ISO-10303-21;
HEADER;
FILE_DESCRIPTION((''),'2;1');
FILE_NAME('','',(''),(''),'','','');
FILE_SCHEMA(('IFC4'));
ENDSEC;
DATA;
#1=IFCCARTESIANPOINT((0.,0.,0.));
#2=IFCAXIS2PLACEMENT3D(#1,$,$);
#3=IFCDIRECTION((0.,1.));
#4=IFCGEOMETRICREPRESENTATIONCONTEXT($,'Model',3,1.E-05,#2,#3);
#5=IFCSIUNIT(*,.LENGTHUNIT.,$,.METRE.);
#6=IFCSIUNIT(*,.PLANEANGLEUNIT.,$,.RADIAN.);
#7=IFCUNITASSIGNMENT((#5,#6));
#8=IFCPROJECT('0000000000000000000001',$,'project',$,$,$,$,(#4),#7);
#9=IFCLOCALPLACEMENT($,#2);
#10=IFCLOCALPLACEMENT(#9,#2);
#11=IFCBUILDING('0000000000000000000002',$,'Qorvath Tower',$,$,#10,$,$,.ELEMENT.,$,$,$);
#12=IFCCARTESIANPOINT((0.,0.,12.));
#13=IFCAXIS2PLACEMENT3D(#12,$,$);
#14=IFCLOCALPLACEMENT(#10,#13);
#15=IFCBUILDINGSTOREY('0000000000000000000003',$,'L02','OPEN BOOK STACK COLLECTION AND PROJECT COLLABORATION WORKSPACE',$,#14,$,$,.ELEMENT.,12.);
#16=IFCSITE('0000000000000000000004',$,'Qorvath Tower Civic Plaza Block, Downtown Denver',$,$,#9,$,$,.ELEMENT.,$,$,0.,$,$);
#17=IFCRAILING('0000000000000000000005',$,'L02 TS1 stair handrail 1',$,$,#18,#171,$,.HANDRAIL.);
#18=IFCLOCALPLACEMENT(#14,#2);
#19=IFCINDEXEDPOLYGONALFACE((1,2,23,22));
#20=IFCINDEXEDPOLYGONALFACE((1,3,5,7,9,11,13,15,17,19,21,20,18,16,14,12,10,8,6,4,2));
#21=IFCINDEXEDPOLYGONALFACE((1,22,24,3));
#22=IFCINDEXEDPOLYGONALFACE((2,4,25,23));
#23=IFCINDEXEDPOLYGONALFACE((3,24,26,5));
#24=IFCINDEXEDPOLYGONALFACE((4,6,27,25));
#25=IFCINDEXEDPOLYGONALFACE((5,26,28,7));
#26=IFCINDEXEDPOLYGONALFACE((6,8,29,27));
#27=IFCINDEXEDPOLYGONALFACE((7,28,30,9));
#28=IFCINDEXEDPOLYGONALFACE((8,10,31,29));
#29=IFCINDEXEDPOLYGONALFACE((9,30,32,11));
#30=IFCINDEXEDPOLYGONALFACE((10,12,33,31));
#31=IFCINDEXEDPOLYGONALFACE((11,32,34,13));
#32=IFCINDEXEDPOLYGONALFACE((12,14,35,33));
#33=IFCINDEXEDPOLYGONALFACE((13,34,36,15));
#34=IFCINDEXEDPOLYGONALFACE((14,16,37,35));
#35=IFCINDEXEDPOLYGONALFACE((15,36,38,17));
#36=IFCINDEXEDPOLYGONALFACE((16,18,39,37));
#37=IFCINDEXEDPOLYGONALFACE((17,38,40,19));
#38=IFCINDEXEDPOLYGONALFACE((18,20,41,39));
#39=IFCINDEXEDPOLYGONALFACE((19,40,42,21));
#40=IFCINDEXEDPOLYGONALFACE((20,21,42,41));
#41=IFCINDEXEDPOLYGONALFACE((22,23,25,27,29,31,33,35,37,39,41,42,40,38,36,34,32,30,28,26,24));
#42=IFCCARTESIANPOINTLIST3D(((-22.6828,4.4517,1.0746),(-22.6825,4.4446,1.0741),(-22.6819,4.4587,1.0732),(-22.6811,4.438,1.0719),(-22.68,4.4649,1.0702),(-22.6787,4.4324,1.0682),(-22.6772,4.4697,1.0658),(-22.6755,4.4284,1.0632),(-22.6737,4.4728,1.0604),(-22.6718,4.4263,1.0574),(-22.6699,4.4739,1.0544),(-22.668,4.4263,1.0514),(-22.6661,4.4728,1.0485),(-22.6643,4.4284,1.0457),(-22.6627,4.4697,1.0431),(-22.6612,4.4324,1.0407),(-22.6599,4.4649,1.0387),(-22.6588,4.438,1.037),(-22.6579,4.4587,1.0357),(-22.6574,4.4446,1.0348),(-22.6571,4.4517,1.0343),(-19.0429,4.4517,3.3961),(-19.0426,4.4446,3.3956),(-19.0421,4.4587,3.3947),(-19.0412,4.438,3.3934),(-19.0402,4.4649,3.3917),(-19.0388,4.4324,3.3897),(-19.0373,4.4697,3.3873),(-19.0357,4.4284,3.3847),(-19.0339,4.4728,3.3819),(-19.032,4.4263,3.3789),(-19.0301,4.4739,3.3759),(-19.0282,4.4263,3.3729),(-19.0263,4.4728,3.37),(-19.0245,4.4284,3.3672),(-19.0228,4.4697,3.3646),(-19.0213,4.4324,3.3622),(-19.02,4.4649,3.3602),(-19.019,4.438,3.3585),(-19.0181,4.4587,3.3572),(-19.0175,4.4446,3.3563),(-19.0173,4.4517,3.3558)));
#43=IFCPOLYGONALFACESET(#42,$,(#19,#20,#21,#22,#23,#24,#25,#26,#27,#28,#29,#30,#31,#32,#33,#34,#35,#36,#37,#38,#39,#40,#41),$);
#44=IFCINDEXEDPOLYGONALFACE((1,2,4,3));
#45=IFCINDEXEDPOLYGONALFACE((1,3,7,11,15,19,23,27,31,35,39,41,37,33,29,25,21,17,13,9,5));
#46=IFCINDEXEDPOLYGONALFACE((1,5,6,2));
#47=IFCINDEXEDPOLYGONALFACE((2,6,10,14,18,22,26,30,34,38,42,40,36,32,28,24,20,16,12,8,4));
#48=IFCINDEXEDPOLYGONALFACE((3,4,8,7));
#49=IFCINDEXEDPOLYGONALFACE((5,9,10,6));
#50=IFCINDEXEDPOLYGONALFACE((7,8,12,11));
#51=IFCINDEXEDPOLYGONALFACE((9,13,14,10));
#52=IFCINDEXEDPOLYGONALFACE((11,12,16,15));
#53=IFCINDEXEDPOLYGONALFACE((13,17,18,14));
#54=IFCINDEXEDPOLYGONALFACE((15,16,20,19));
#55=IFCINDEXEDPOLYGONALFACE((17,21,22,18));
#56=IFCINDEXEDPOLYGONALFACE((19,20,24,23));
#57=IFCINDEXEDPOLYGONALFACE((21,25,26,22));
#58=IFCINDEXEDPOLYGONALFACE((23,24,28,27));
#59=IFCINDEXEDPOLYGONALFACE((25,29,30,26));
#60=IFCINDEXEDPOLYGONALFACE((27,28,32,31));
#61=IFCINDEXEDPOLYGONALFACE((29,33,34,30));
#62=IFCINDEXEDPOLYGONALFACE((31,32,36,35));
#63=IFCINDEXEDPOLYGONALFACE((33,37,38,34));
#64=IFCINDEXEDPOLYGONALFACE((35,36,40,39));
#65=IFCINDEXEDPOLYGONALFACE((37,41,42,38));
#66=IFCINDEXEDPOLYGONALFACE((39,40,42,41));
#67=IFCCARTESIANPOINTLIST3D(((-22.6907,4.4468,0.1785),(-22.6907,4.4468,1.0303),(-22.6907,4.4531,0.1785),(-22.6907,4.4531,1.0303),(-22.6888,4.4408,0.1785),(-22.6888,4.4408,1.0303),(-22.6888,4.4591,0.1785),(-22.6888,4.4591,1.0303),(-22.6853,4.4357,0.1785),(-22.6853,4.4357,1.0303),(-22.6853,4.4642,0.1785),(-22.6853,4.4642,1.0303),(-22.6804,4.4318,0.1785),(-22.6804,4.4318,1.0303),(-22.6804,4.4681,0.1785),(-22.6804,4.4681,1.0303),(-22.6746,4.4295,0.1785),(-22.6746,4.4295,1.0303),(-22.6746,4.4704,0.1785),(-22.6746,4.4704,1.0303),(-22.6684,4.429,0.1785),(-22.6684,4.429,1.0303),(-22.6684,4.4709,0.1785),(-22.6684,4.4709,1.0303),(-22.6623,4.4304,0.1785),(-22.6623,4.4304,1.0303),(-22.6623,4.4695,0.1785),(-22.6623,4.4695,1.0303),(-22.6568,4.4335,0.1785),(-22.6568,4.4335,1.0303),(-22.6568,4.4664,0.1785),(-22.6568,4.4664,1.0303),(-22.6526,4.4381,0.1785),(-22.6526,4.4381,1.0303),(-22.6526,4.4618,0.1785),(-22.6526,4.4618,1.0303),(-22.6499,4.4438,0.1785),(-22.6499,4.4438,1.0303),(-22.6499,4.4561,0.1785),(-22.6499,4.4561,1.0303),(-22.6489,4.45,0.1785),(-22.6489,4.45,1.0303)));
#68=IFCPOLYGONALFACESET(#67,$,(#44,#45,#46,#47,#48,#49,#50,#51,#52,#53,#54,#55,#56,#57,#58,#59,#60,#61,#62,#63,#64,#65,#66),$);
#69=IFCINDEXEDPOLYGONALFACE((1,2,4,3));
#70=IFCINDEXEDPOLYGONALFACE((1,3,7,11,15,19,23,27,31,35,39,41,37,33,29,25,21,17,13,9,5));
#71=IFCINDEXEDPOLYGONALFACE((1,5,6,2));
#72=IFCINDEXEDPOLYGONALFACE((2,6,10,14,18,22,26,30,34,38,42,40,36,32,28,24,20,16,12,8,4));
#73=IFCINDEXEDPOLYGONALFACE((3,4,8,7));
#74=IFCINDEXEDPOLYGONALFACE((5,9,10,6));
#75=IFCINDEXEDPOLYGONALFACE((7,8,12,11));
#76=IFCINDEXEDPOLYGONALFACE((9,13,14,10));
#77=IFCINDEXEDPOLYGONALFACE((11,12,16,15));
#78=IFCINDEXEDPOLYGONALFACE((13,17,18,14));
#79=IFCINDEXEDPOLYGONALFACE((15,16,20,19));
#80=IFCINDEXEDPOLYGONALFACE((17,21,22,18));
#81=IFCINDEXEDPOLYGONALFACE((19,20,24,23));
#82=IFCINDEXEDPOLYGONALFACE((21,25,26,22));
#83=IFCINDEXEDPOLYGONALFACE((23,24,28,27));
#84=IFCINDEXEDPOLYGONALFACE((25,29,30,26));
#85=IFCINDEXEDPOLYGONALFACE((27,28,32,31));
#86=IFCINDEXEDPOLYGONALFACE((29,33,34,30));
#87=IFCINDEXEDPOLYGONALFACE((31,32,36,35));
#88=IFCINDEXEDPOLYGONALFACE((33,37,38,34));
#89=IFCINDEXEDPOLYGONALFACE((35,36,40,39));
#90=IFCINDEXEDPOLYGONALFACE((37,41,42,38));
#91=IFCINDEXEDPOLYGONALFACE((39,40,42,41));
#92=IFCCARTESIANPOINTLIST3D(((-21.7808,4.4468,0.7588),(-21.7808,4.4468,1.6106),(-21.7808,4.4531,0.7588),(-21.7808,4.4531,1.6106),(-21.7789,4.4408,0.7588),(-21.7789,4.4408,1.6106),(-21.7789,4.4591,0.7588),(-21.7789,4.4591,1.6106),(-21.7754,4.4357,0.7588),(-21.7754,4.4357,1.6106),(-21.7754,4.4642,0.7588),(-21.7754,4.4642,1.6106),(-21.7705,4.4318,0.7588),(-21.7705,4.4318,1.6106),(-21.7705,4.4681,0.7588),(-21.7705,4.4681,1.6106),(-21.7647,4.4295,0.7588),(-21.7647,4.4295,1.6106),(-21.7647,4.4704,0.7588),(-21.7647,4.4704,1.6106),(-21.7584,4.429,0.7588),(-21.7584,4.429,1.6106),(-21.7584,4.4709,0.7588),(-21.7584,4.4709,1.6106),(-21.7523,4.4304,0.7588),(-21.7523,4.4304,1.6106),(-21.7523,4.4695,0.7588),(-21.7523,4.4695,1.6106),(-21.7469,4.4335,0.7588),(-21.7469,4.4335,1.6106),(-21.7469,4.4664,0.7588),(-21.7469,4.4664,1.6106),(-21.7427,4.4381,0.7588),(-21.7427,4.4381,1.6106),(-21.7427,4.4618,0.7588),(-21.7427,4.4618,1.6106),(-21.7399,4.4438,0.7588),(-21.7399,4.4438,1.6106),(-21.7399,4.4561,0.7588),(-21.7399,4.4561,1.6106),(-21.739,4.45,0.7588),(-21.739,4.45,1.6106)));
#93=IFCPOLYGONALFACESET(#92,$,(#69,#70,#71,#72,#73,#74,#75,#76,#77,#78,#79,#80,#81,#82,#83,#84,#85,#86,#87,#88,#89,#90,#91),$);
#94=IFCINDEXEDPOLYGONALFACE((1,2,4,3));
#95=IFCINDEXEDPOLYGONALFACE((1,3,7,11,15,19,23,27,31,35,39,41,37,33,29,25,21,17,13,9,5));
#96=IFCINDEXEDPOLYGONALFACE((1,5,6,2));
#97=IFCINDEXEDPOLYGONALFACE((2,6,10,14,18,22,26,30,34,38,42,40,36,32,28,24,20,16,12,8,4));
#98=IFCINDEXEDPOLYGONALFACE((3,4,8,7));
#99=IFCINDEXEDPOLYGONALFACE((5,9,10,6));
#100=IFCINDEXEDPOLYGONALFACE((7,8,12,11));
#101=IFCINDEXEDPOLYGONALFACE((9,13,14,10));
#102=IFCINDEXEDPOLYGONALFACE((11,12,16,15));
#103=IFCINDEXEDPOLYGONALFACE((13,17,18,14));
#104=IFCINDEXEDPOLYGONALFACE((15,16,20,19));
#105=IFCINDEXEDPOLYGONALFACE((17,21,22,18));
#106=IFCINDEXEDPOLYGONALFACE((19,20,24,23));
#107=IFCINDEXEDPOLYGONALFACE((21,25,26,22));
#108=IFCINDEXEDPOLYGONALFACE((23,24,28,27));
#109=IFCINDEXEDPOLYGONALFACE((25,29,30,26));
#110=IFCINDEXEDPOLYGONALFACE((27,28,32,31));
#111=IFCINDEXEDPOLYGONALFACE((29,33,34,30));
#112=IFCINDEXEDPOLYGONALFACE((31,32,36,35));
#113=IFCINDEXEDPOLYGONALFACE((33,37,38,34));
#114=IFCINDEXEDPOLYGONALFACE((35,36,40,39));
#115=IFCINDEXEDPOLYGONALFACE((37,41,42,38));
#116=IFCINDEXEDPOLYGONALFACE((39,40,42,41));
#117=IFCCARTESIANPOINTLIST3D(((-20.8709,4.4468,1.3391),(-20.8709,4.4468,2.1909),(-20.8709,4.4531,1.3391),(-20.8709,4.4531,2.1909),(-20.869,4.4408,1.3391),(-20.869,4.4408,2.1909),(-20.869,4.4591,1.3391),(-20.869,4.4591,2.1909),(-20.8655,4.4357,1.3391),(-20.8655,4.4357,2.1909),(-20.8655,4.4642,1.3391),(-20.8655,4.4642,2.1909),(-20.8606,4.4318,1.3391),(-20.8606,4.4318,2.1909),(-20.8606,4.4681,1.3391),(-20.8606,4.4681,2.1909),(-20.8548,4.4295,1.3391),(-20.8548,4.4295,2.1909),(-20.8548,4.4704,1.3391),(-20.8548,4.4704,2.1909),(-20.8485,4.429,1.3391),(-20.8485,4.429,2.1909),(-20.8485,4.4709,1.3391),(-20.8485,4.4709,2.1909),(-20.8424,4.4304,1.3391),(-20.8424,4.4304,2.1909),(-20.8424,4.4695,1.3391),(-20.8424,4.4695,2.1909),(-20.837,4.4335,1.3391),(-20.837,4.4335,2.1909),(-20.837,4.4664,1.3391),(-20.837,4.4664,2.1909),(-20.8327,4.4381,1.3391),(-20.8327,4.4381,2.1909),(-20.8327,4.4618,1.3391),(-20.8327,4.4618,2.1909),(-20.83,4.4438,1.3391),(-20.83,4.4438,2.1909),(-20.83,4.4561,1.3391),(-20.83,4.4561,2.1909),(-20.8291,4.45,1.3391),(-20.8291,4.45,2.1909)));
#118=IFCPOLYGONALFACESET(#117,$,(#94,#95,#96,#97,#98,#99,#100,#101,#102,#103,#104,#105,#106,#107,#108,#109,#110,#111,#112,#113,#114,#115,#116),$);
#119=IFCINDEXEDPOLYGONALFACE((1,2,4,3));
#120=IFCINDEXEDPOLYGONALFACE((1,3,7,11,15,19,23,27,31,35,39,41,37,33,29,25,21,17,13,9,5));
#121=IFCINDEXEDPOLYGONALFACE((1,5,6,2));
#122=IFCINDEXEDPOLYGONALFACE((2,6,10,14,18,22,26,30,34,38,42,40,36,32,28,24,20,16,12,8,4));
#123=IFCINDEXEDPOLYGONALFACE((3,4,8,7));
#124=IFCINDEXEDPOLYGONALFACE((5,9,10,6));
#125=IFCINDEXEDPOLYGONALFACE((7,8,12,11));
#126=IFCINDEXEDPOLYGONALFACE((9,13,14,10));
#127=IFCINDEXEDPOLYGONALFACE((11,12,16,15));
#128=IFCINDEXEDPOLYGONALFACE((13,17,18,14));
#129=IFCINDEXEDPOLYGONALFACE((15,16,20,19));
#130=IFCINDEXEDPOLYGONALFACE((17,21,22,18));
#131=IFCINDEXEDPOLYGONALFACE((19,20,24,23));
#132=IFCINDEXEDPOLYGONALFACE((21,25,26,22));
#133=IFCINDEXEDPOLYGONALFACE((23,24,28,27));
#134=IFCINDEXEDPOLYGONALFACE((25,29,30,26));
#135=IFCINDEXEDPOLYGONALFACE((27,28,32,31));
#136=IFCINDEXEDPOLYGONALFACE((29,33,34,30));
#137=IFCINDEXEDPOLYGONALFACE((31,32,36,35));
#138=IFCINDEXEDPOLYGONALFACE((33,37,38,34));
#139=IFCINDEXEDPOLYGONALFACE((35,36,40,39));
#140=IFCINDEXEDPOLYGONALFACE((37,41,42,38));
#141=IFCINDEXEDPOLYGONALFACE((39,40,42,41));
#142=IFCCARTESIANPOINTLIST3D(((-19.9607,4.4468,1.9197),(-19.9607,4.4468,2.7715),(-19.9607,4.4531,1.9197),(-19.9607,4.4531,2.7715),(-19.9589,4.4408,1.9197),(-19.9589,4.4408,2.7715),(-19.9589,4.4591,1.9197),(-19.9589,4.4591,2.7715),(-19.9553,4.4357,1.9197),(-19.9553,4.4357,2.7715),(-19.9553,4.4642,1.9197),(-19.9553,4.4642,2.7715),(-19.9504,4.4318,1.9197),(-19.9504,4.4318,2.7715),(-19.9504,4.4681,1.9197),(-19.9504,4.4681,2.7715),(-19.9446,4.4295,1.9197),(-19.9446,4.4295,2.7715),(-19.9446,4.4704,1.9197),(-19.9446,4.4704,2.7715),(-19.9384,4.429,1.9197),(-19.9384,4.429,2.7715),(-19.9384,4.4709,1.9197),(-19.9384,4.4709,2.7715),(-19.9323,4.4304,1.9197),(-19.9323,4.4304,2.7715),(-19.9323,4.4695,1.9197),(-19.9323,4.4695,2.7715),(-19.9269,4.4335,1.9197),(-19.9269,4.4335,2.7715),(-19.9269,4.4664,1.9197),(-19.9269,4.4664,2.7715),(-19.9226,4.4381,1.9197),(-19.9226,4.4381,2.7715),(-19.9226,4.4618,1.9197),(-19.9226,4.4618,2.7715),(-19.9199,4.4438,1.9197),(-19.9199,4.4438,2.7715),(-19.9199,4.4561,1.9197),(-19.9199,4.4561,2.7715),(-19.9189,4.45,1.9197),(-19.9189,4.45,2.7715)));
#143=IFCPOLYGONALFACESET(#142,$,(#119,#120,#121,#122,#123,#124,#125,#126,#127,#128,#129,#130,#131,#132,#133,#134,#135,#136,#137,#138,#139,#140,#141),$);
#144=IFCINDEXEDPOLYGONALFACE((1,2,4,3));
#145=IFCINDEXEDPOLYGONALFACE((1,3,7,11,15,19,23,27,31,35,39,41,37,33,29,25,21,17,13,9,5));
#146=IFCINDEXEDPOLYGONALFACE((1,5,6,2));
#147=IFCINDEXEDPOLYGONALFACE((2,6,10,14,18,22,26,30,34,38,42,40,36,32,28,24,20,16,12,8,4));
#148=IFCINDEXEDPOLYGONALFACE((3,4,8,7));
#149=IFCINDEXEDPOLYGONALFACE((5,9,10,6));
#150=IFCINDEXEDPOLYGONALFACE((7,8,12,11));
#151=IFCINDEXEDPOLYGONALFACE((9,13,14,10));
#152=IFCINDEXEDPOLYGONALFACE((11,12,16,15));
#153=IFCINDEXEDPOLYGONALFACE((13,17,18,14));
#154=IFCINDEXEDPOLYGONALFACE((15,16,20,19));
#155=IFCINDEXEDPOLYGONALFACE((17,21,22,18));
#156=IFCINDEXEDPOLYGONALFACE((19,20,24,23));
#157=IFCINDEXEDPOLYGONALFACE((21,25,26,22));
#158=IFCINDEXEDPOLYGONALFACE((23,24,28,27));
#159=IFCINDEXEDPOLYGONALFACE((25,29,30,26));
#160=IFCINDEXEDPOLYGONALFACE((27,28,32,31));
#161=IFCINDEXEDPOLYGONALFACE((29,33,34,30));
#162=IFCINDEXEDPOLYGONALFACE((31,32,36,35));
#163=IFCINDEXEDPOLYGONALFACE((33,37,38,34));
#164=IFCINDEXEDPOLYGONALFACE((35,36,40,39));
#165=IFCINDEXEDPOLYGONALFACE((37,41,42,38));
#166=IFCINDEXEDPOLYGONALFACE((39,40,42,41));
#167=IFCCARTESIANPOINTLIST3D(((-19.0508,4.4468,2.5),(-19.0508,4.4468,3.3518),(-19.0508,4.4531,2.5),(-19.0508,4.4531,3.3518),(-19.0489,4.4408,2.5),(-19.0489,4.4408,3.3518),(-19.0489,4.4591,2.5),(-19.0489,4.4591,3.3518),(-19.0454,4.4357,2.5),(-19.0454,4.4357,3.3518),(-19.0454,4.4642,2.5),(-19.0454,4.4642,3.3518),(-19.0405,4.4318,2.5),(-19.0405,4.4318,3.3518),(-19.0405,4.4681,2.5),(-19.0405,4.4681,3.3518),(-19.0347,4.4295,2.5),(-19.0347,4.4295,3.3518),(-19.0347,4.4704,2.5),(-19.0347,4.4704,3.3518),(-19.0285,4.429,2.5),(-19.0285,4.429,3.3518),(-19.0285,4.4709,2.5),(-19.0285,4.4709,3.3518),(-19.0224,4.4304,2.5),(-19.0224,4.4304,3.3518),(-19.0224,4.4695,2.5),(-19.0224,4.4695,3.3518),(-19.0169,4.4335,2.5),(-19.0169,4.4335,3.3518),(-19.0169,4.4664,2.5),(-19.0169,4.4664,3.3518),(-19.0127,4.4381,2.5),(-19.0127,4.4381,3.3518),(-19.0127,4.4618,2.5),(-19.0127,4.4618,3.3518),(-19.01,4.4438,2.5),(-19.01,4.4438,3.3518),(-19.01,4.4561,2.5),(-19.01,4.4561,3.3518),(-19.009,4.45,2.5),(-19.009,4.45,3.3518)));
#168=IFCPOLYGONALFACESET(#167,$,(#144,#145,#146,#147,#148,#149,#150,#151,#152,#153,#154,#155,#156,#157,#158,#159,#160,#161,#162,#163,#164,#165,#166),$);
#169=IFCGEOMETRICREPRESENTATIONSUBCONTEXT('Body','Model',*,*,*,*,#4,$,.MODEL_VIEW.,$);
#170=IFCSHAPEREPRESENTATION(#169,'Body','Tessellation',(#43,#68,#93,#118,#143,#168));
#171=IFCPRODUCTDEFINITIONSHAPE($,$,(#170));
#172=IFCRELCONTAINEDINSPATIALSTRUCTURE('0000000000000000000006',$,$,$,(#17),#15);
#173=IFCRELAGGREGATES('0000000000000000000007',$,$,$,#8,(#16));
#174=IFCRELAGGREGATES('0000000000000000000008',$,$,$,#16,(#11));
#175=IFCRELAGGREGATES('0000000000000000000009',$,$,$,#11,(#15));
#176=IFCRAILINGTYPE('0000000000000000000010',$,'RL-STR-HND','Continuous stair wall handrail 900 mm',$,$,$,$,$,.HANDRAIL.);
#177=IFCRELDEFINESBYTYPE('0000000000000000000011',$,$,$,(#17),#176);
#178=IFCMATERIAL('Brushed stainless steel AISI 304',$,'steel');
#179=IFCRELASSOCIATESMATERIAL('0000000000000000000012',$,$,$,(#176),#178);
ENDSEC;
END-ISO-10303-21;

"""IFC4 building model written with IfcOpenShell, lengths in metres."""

from ifc_helpers import new_model, si_unit, direction, frame, origin, origin_2d, place, context, subcontext, project, spatial, circle, extrude, material, type_object, element, save


model = new_model("IFC4")

# Units and contexts
model_context = context("Model", 3, precision=1e-05, world=origin(), true_north=direction((0.0, 1.0)))
body_context = subcontext(model_context, "Body", "Model", "MODEL_VIEW")
ifc_project = project(units=[si_unit("LENGTHUNIT", "METRE"), si_unit("PLANEANGLEUNIT", "RADIAN")], contexts=[model_context])

# Site, building, storey
site_placement = place(None, origin())
site = spatial("IfcSite", under=ifc_project, at=site_placement, Name="Qorvath Tower Civic Plaza Block, Downtown Denver", CompositionType="ELEMENT", RefElevation=0.0)
building_placement = place(site_placement, origin())
building = spatial("IfcBuilding", under=site, at=building_placement, Name="Qorvath Tower", CompositionType="ELEMENT")
storey_placement = place(building_placement, frame((0.0, 0.0, 12.0)))
storey = spatial("IfcBuildingStorey", under=building, at=storey_placement, Name="L02", Description="OPEN BOOK STACK COLLECTION AND PROJECT COLLABORATION WORKSPACE", CompositionType="ELEMENT", Elevation=12.0)

# Railing
ifc_material_1 = material(Name="Brushed stainless steel AISI 304", Category="steel")
railing_type_1 = type_object("IfcRailingType", Name="RL-STR-HND", Description="Continuous stair wall handrail 900 mm", PredefinedType="HANDRAIL", material=ifc_material_1)
railing_1_placement = place(storey_placement, frame((-22.6699, 4.45, 0.1785)))
element("IfcRailing", 1, at=railing_1_placement, inside=storey, type_object=railing_type_1, Name="L02 TS1 stair handrail 1", PredefinedType="HANDRAIL", context=body_context, shape_type="SweptSolid", body=[
    extrude(circle(Radius=0.0239, at=origin_2d()), frame((0.0, 0.0, 0.876), z_axis=(0.843112, 0.0, 0.537739), x_axis=(0.0, 1.0, 0.0)), (0.0, 0.0, 1.0), 4.3171),
    extrude(circle(Radius=0.021, at=origin_2d()), origin(), (0.0, 0.0, 1.0), 0.8518),
    extrude(circle(Radius=0.021, at=origin_2d()), frame((0.9099, 0.0, 0.5803)), (0.0, 0.0, 1.0), 0.8518),
    extrude(circle(Radius=0.021, at=origin_2d()), frame((1.8198, 0.0, 1.1606)), (0.0, 0.0, 1.0), 0.8518),
    extrude(circle(Radius=0.021, at=origin_2d()), frame((2.73, 0.0, 1.7412)), (0.0, 0.0, 1.0), 0.8518),
    extrude(circle(Radius=0.021, at=origin_2d()), frame((3.6399, 0.0, 2.3215)), (0.0, 0.0, 1.0), 0.8518),
])

save(model, "model.ifc")
